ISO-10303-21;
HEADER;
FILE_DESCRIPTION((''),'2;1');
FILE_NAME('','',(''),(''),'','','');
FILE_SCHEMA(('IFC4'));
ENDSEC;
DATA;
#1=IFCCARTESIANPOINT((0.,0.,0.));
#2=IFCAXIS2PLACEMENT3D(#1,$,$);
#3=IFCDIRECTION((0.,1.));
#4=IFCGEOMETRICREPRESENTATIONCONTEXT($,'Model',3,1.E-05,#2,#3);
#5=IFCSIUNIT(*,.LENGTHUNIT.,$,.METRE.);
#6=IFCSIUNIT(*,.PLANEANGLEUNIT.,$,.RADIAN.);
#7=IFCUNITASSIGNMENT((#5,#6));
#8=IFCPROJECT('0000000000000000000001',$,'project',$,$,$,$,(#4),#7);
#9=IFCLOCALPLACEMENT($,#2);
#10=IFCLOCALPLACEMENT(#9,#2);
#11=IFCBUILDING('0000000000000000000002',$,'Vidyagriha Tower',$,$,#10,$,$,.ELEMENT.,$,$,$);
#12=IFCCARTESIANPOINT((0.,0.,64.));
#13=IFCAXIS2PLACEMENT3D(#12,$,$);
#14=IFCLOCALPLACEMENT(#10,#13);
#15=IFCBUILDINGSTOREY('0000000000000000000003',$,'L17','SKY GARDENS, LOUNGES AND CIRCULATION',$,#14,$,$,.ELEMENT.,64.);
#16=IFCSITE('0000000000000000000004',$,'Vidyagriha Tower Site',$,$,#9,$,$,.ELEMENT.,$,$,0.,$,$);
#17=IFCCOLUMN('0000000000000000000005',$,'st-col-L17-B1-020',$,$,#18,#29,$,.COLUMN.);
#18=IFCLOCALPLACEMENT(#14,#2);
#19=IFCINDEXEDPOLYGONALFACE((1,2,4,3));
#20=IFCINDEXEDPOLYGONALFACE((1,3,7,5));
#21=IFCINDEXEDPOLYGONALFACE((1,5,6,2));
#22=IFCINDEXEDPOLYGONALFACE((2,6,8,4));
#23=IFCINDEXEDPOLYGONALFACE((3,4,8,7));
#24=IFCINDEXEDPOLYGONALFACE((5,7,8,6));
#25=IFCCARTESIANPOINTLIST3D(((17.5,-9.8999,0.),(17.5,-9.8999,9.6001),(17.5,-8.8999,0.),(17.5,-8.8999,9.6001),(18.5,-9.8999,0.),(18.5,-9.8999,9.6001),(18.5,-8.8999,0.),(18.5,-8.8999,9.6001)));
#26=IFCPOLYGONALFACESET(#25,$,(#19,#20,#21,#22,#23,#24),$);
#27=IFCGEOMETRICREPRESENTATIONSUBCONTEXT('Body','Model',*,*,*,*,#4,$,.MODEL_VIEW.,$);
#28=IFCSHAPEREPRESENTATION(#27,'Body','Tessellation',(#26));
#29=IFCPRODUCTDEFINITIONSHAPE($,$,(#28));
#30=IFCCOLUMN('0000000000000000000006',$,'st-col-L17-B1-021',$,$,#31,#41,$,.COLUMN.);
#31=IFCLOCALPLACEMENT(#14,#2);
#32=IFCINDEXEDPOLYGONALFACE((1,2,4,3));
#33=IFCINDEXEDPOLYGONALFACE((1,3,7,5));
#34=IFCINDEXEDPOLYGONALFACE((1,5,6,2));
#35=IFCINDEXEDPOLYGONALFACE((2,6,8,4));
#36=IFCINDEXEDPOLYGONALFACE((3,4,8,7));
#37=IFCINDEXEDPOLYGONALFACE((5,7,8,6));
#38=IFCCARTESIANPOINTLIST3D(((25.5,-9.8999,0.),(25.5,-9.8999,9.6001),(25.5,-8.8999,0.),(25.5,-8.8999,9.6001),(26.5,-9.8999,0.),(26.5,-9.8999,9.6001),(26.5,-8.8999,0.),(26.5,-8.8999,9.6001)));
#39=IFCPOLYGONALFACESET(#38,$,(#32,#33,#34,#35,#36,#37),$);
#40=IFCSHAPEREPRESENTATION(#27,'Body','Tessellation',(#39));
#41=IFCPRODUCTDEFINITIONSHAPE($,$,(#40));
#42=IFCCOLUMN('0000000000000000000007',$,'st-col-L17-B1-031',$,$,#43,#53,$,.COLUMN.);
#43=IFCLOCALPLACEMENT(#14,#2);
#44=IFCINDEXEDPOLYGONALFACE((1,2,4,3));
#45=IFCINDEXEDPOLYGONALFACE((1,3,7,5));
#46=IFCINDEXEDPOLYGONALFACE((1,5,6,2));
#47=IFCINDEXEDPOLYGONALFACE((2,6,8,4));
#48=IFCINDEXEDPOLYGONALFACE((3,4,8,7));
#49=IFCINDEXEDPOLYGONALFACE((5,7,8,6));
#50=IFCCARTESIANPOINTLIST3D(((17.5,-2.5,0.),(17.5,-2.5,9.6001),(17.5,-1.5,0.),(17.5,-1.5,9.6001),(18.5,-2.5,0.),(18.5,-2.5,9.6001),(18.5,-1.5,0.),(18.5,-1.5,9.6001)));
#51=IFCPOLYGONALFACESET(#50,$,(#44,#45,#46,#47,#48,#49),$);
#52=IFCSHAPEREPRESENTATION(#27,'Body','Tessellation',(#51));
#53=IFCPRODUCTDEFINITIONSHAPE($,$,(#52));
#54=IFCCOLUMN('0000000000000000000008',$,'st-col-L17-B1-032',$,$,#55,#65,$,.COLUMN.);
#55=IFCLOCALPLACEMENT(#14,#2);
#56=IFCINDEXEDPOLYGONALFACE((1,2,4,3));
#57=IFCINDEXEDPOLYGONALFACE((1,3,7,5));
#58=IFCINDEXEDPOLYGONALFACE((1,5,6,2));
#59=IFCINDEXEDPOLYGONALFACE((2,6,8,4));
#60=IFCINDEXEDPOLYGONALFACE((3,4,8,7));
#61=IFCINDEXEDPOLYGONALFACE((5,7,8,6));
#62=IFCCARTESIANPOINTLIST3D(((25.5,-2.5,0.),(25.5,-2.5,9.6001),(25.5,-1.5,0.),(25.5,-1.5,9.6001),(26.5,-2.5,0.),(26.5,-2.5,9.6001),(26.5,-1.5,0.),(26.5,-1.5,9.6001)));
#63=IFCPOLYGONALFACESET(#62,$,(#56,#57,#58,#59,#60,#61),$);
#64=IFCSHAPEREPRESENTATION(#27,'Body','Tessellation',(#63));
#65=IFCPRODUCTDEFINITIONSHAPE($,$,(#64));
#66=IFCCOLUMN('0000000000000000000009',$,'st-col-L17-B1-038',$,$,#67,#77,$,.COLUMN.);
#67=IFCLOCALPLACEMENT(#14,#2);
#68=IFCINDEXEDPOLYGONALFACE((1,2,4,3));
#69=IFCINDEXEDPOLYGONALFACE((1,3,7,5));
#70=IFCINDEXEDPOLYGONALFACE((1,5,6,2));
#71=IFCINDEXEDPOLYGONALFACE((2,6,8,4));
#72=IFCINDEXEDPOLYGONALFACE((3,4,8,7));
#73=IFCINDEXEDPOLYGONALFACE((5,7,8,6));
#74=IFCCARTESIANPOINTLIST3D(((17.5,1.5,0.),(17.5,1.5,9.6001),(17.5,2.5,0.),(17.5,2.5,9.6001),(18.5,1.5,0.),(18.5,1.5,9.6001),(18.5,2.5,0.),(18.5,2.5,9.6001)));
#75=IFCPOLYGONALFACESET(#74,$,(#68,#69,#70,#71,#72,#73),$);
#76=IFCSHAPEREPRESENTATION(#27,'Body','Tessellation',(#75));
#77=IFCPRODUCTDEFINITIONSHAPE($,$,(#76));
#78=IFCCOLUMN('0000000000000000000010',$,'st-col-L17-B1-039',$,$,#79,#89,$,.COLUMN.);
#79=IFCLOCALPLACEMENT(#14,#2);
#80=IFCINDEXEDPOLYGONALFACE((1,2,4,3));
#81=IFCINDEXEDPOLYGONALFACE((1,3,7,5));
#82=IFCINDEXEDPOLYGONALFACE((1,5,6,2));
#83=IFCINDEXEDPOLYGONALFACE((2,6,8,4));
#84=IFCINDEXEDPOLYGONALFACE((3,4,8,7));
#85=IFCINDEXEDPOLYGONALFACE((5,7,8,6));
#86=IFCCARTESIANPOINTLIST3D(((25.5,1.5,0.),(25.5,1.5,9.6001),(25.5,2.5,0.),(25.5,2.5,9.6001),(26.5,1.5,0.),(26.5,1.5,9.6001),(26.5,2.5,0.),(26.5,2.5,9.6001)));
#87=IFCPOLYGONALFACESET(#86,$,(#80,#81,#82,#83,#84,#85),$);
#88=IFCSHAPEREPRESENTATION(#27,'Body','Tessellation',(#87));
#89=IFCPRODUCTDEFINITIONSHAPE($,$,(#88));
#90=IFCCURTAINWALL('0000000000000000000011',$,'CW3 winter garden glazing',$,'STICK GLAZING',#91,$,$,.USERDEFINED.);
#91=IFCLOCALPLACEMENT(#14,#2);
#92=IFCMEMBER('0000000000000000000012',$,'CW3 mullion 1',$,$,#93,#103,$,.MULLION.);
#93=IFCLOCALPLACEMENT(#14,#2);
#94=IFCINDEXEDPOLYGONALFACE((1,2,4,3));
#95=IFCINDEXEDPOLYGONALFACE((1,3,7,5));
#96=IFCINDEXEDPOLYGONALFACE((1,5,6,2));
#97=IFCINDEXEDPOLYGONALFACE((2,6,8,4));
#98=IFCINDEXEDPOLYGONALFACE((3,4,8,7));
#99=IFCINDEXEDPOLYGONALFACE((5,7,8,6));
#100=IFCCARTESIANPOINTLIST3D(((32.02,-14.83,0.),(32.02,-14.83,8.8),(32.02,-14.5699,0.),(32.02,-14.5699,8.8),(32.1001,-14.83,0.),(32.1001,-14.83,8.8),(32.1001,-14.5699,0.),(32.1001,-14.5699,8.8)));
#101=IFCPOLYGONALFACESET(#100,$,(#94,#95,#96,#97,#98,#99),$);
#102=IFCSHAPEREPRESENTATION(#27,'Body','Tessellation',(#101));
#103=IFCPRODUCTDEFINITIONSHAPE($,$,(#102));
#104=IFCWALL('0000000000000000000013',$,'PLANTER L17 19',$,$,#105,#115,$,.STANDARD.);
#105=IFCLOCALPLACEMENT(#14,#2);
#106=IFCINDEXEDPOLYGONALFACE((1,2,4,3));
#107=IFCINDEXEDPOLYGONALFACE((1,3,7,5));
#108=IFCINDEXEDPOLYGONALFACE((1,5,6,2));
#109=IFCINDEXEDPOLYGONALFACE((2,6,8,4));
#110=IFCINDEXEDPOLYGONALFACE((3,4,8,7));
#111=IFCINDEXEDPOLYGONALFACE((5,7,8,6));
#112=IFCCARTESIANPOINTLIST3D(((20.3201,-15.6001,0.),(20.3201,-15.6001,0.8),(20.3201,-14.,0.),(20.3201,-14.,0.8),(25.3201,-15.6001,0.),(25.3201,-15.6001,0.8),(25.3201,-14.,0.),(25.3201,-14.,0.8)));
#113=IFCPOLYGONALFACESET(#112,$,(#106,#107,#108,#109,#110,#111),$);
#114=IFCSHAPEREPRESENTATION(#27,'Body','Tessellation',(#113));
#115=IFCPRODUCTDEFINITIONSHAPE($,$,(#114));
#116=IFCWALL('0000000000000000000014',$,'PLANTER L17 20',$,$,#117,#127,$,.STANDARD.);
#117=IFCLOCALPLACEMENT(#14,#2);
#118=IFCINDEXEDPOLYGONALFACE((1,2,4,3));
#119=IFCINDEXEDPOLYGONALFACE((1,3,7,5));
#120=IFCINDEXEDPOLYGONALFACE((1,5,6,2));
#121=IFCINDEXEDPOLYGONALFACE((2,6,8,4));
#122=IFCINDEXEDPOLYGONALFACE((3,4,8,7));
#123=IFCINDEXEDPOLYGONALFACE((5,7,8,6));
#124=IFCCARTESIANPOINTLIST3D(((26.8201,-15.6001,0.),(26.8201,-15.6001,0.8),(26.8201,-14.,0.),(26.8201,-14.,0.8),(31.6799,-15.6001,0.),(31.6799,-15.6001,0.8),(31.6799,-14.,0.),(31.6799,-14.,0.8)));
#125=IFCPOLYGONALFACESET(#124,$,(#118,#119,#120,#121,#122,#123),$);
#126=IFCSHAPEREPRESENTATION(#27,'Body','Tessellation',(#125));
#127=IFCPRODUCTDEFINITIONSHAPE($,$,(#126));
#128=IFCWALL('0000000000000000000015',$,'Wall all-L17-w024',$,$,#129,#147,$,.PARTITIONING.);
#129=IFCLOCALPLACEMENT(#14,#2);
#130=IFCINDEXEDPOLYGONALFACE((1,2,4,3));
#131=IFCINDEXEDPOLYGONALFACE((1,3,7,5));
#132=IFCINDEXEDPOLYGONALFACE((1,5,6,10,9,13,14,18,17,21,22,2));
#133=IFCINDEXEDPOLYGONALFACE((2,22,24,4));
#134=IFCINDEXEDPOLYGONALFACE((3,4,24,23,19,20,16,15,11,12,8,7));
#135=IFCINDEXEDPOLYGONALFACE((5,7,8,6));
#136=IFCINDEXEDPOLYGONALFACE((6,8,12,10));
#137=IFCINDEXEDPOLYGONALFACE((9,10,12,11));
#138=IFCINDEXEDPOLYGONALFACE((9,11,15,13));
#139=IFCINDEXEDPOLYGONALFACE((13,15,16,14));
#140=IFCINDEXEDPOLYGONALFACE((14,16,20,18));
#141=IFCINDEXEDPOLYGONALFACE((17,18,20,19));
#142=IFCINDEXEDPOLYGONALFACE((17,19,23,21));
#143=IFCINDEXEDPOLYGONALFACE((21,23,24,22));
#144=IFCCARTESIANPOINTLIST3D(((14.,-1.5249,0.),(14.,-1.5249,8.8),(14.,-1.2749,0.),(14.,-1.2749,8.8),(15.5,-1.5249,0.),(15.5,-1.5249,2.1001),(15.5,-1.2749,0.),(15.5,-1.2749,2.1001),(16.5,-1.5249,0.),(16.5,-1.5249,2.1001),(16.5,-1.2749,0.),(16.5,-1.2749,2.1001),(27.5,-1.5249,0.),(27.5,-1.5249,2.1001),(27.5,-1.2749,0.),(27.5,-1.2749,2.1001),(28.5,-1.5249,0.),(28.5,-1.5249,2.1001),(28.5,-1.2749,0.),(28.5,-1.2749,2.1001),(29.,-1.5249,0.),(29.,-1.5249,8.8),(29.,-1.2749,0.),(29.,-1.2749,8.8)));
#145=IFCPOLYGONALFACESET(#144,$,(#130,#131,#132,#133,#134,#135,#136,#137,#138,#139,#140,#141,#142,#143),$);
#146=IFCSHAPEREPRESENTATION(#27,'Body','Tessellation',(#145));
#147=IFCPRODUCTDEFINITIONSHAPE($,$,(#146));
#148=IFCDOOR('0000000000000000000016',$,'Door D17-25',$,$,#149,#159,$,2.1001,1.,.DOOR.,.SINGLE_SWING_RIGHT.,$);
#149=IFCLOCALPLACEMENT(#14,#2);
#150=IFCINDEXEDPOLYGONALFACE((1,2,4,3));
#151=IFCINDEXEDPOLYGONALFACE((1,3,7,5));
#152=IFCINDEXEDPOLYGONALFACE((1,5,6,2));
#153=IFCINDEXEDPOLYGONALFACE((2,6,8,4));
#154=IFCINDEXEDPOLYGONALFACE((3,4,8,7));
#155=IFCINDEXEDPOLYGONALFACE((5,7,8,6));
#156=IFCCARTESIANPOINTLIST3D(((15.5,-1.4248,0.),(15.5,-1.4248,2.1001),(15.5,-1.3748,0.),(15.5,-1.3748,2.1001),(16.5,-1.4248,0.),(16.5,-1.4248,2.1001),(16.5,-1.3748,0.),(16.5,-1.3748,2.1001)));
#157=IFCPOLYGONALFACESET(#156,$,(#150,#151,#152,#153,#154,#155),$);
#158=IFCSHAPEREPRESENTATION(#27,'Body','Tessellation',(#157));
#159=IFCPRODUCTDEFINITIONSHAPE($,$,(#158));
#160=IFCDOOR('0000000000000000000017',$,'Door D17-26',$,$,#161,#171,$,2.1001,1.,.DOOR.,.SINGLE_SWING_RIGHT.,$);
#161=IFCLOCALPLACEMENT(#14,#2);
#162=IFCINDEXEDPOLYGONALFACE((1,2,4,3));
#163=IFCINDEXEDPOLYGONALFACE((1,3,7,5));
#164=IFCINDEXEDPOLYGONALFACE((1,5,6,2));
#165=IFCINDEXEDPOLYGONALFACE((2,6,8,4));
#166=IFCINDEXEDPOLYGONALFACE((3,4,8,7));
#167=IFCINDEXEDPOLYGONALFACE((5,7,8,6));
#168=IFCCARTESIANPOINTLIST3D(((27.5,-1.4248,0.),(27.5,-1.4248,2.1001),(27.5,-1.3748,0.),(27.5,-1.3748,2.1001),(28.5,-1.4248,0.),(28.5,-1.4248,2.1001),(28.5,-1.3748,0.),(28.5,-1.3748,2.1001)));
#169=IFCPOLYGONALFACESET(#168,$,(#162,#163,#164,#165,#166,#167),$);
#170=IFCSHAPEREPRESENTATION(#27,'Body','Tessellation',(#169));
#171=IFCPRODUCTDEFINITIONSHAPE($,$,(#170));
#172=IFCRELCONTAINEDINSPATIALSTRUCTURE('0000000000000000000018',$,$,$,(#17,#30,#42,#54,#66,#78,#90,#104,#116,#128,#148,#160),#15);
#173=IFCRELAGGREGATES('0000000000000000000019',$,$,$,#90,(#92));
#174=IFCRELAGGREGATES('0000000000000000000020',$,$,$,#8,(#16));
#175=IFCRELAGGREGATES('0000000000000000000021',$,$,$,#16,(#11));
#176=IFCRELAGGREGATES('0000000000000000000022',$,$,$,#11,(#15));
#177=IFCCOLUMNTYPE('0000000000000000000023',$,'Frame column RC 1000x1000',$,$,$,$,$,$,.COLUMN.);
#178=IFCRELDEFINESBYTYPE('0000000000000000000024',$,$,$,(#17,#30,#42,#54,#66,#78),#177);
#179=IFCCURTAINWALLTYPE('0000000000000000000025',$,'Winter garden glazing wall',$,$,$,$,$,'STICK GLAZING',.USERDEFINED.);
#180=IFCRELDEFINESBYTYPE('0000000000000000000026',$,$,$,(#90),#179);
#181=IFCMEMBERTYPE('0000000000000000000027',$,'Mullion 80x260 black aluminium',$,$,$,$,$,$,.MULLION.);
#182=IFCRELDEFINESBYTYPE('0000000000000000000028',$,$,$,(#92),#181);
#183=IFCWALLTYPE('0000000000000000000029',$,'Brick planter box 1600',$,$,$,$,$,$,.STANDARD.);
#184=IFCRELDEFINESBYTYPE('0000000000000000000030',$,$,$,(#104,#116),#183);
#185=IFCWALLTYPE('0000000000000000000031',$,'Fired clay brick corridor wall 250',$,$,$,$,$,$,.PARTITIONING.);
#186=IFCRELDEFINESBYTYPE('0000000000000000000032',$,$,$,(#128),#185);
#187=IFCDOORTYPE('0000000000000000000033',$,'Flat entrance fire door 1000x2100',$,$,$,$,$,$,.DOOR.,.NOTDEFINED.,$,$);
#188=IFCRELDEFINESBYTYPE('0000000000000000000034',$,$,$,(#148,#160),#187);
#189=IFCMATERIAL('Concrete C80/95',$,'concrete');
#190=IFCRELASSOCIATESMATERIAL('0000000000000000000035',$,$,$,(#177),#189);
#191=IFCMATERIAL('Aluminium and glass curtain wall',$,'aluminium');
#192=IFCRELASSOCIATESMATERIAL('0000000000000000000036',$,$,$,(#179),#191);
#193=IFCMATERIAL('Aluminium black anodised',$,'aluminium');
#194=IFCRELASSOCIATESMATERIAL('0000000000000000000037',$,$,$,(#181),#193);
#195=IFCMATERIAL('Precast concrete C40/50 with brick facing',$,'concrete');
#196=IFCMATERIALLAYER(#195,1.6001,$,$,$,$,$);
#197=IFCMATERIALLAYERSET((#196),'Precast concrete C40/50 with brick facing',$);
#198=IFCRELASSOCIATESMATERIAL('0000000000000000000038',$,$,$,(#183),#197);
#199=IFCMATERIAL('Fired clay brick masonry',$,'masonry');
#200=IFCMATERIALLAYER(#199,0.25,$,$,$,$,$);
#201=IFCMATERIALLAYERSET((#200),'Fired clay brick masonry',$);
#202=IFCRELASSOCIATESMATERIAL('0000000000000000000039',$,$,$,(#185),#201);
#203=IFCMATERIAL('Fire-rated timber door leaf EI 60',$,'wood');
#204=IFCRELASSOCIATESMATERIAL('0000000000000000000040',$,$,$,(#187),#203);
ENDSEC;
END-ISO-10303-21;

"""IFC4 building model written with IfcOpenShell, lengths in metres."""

from ifc_helpers import new_model, si_unit, direction, frame, frame_2d, origin, origin_2d, place, context, subcontext, project, spatial, rectangle, extrude, material, layer, layer_set, material_profile, profile_set, type_object, element, fill, aggregate, save


model = new_model("IFC4")

# Units and contexts
model_context = context("Model", 3, precision=1e-05, world=origin(), true_north=direction((0.0, 1.0)))
body_context = subcontext(model_context, "Body", "Model", "MODEL_VIEW")
ifc_project = project(units=[si_unit("LENGTHUNIT", "METRE"), si_unit("PLANEANGLEUNIT", "RADIAN")], contexts=[model_context])

# Site, building, storey
site_placement = place(None, origin())
site = spatial("IfcSite", under=ifc_project, at=site_placement, Name="Vidyagriha Tower Site", CompositionType="ELEMENT", RefElevation=0.0)
building_placement = place(site_placement, origin())
building = spatial("IfcBuilding", under=site, at=building_placement, Name="Vidyagriha Tower", CompositionType="ELEMENT")
storey_placement = place(building_placement, frame((0.0, 0.0, 64.0)))
storey = spatial("IfcBuildingStorey", under=building, at=storey_placement, Name="L17", Description="SKY GARDENS, LOUNGES AND CIRCULATION", CompositionType="ELEMENT", Elevation=64.0)

# Columns
ifc_material_1 = material(Name="Concrete C80/95", Category="concrete")
ifc_material_profile_1 = material_profile(ifc_material_1, rectangle(XDim=1.0, YDim=1.0, at=origin_2d()), Name="RC 1000x1000")
ifc_profile_set_1 = profile_set([ifc_material_profile_1], Name="Concrete C80/95")
column_type = type_object("IfcColumnType", Name="Frame column RC 1000x1000", PredefinedType="COLUMN", material=ifc_profile_set_1)
for number, where, name in (
    (1, (18.0, -9.3999, 0.0), "st-col-L17-B1-020"),
    (2, (26.0, -9.3999, 0.0), "st-col-L17-B1-021"),
    (3, (18.0, -2.0, 0.0), "st-col-L17-B1-031"),
    (4, (26.0, -2.0, 0.0), "st-col-L17-B1-032"),
    (5, (18.0, 2.0, 0.0), "st-col-L17-B1-038"),
    (6, (26.0, 2.0, 0.0), "st-col-L17-B1-039"),
):
    element("IfcColumn", number, at=place(storey_placement, frame(where)), inside=storey, type_object=column_type, Name=name, PredefinedType="COLUMN", context=body_context, shape_type="SweptSolid", body=[
        extrude(rectangle(XDim=1.0, YDim=1.0, at=origin_2d()), origin(), (0.0, 0.0, 1.0), 9.6001),
    ])

# Curtain wall, member
ifc_material_2 = material(Name="Aluminium and glass curtain wall", Category="aluminium")
curtain_wall_type = type_object("IfcCurtainWallType", Name="Winter garden glazing wall", ElementType="STICK GLAZING", PredefinedType="USERDEFINED", material=ifc_material_2)
curtain_wall_placement = place(storey_placement, origin())
curtain_wall = element("IfcCurtainWall", 7, at=curtain_wall_placement, inside=storey, type_object=curtain_wall_type, Name="CW3 winter garden glazing", ObjectType="STICK GLAZING", PredefinedType="USERDEFINED")
ifc_material_3 = material(Name="Aluminium black anodised", Category="aluminium")
ifc_material_profile_2 = material_profile(ifc_material_3, rectangle(XDim=0.26, YDim=0.0801, at=origin_2d()), Name="Mullion 80x260 black aluminium")
ifc_profile_set_2 = profile_set([ifc_material_profile_2], Name="Aluminium black anodised")
member_type = type_object("IfcMemberType", Name="Mullion 80x260 black aluminium", PredefinedType="MULLION", material=ifc_profile_set_2)
member_placement = place(storey_placement, frame((32.0601, -14.7, 0.0), z_axis=(0.0, 0.0, 1.0), x_axis=(0.0, 1.0, 0.0)))
member = element("IfcMember", 8, at=member_placement, type_object=member_type, Name="CW3 mullion 1", PredefinedType="MULLION", context=body_context, shape_type="SweptSolid", body=[
    extrude(rectangle(XDim=0.26, YDim=0.0801, at=origin_2d()), origin(), (0.0, 0.0, 1.0), 8.8),
])
aggregate(curtain_wall, [member])

# Walls
ifc_material_4 = material(Name="Precast concrete C40/50 with brick facing", Category="concrete")
ifc_layer_1 = layer(ifc_material_4, 1.6001)
ifc_layer_set_1 = layer_set([ifc_layer_1], Name="Precast concrete C40/50 with brick facing")
wall_type_1 = type_object("IfcWallType", Name="Brick planter box 1600", PredefinedType="STANDARD", material=ifc_layer_set_1)
wall_1_placement = place(storey_placement, frame((20.3201, -14.8, 0.0)))
element("IfcWall", 9, at=wall_1_placement, inside=storey, type_object=wall_type_1, Name="PLANTER L17 19", PredefinedType="STANDARD", context=body_context, shape_type="SweptSolid", body=[
    extrude(rectangle(XDim=5.0, YDim=1.6001, at=frame_2d((2.5, 0.0))), origin(), (0.0, 0.0, 1.0), 0.8),
])
wall_2_placement = place(storey_placement, frame((26.8201, -14.8, 0.0)))
element("IfcWall", 10, at=wall_2_placement, inside=storey, type_object=wall_type_1, Name="PLANTER L17 20", PredefinedType="STANDARD", context=body_context, shape_type="SweptSolid", body=[
    extrude(rectangle(XDim=4.8599, YDim=1.6001, at=frame_2d((2.4299, 0.0))), origin(), (0.0, 0.0, 1.0), 0.8),
])

# Wall, openings, doors
ifc_material_5 = material(Name="Fired clay brick masonry", Category="masonry")
ifc_layer_2 = layer(ifc_material_5, 0.25)
ifc_layer_set_2 = layer_set([ifc_layer_2], Name="Fired clay brick masonry")
wall_type_2 = type_object("IfcWallType", Name="Fired clay brick corridor wall 250", PredefinedType="PARTITIONING", material=ifc_layer_set_2)
wall_3_placement = place(storey_placement, frame((29.0, -1.3999, 0.0), z_axis=(0.0, 0.0, 1.0), x_axis=(-1.0, 0.0, 0.0)))
wall_3 = element("IfcWall", 11, at=wall_3_placement, inside=storey, type_object=wall_type_2, Name="Wall all-L17-w024", PredefinedType="PARTITIONING", context=body_context, shape_type="SweptSolid", body=[
    extrude(rectangle(XDim=15.0, YDim=0.25, at=frame_2d((7.5, 0.0))), origin(), (0.0, 0.0, 1.0), 8.8),
])
opening_1_placement = place(wall_3_placement, frame((12.5, 0.0, 0.0)))
opening_1 = element("IfcOpeningElement", 12, at=opening_1_placement, cuts=wall_3, PredefinedType="OPENING", context=body_context, shape_type="SweptSolid", body=[
    extrude(rectangle(XDim=1.0, YDim=2.1001, at=frame_2d((0.5, 1.05))), frame((0.0, 0.135, 0.0), z_axis=(0.0, -1.0, 0.0), x_axis=(1.0, 0.0, 0.0)), (0.0, 0.0, 1.0), 0.27),
])
opening_2_placement = place(wall_3_placement, frame((0.5, 0.0, 0.0)))
opening_2 = element("IfcOpeningElement", 13, at=opening_2_placement, cuts=wall_3, PredefinedType="OPENING", context=body_context, shape_type="SweptSolid", body=[
    extrude(rectangle(XDim=1.0, YDim=2.1001, at=frame_2d((0.5, 1.05))), frame((0.0, 0.135, 0.0), z_axis=(0.0, -1.0, 0.0), x_axis=(1.0, 0.0, 0.0)), (0.0, 0.0, 1.0), 0.27),
])
ifc_material_6 = material(Name="Fire-rated timber door leaf EI 60", Category="wood")
door_type_1 = type_object("IfcDoorType", Name="Flat entrance fire door 1000x2100", OperationType="NOTDEFINED", PredefinedType="DOOR", material=ifc_material_6)
door_1_placement = place(opening_1_placement, origin())
door_1 = element("IfcDoor", 14, at=door_1_placement, inside=storey, type_object=door_type_1, Name="Door D17-25", OperationType="SINGLE_SWING_RIGHT", OverallHeight=2.1001, OverallWidth=1.0, PredefinedType="DOOR", context=body_context, shape_type="SweptSolid", body=[
    extrude(rectangle(XDim=1.0, YDim=2.1001, at=frame_2d((0.5, 1.05))), frame((0.0, 0.0249, 0.0), z_axis=(0.0, -1.0, 0.0), x_axis=(1.0, 0.0, 0.0)), (0.0, 0.0, 1.0), 0.05),
])
fill(opening_1, door_1)
door_2_placement = place(opening_2_placement, origin())
door_2 = element("IfcDoor", 15, at=door_2_placement, inside=storey, type_object=door_type_1, Name="Door D17-26", OperationType="SINGLE_SWING_RIGHT", OverallHeight=2.1001, OverallWidth=1.0, PredefinedType="DOOR", context=body_context, shape_type="SweptSolid", body=[
    extrude(rectangle(XDim=1.0, YDim=2.1001, at=frame_2d((0.5, 1.05))), frame((0.0, 0.0249, 0.0), z_axis=(0.0, -1.0, 0.0), x_axis=(1.0, 0.0, 0.0)), (0.0, 0.0, 1.0), 0.05),
])
fill(opening_2, door_2)

save(model, "model.ifc")
